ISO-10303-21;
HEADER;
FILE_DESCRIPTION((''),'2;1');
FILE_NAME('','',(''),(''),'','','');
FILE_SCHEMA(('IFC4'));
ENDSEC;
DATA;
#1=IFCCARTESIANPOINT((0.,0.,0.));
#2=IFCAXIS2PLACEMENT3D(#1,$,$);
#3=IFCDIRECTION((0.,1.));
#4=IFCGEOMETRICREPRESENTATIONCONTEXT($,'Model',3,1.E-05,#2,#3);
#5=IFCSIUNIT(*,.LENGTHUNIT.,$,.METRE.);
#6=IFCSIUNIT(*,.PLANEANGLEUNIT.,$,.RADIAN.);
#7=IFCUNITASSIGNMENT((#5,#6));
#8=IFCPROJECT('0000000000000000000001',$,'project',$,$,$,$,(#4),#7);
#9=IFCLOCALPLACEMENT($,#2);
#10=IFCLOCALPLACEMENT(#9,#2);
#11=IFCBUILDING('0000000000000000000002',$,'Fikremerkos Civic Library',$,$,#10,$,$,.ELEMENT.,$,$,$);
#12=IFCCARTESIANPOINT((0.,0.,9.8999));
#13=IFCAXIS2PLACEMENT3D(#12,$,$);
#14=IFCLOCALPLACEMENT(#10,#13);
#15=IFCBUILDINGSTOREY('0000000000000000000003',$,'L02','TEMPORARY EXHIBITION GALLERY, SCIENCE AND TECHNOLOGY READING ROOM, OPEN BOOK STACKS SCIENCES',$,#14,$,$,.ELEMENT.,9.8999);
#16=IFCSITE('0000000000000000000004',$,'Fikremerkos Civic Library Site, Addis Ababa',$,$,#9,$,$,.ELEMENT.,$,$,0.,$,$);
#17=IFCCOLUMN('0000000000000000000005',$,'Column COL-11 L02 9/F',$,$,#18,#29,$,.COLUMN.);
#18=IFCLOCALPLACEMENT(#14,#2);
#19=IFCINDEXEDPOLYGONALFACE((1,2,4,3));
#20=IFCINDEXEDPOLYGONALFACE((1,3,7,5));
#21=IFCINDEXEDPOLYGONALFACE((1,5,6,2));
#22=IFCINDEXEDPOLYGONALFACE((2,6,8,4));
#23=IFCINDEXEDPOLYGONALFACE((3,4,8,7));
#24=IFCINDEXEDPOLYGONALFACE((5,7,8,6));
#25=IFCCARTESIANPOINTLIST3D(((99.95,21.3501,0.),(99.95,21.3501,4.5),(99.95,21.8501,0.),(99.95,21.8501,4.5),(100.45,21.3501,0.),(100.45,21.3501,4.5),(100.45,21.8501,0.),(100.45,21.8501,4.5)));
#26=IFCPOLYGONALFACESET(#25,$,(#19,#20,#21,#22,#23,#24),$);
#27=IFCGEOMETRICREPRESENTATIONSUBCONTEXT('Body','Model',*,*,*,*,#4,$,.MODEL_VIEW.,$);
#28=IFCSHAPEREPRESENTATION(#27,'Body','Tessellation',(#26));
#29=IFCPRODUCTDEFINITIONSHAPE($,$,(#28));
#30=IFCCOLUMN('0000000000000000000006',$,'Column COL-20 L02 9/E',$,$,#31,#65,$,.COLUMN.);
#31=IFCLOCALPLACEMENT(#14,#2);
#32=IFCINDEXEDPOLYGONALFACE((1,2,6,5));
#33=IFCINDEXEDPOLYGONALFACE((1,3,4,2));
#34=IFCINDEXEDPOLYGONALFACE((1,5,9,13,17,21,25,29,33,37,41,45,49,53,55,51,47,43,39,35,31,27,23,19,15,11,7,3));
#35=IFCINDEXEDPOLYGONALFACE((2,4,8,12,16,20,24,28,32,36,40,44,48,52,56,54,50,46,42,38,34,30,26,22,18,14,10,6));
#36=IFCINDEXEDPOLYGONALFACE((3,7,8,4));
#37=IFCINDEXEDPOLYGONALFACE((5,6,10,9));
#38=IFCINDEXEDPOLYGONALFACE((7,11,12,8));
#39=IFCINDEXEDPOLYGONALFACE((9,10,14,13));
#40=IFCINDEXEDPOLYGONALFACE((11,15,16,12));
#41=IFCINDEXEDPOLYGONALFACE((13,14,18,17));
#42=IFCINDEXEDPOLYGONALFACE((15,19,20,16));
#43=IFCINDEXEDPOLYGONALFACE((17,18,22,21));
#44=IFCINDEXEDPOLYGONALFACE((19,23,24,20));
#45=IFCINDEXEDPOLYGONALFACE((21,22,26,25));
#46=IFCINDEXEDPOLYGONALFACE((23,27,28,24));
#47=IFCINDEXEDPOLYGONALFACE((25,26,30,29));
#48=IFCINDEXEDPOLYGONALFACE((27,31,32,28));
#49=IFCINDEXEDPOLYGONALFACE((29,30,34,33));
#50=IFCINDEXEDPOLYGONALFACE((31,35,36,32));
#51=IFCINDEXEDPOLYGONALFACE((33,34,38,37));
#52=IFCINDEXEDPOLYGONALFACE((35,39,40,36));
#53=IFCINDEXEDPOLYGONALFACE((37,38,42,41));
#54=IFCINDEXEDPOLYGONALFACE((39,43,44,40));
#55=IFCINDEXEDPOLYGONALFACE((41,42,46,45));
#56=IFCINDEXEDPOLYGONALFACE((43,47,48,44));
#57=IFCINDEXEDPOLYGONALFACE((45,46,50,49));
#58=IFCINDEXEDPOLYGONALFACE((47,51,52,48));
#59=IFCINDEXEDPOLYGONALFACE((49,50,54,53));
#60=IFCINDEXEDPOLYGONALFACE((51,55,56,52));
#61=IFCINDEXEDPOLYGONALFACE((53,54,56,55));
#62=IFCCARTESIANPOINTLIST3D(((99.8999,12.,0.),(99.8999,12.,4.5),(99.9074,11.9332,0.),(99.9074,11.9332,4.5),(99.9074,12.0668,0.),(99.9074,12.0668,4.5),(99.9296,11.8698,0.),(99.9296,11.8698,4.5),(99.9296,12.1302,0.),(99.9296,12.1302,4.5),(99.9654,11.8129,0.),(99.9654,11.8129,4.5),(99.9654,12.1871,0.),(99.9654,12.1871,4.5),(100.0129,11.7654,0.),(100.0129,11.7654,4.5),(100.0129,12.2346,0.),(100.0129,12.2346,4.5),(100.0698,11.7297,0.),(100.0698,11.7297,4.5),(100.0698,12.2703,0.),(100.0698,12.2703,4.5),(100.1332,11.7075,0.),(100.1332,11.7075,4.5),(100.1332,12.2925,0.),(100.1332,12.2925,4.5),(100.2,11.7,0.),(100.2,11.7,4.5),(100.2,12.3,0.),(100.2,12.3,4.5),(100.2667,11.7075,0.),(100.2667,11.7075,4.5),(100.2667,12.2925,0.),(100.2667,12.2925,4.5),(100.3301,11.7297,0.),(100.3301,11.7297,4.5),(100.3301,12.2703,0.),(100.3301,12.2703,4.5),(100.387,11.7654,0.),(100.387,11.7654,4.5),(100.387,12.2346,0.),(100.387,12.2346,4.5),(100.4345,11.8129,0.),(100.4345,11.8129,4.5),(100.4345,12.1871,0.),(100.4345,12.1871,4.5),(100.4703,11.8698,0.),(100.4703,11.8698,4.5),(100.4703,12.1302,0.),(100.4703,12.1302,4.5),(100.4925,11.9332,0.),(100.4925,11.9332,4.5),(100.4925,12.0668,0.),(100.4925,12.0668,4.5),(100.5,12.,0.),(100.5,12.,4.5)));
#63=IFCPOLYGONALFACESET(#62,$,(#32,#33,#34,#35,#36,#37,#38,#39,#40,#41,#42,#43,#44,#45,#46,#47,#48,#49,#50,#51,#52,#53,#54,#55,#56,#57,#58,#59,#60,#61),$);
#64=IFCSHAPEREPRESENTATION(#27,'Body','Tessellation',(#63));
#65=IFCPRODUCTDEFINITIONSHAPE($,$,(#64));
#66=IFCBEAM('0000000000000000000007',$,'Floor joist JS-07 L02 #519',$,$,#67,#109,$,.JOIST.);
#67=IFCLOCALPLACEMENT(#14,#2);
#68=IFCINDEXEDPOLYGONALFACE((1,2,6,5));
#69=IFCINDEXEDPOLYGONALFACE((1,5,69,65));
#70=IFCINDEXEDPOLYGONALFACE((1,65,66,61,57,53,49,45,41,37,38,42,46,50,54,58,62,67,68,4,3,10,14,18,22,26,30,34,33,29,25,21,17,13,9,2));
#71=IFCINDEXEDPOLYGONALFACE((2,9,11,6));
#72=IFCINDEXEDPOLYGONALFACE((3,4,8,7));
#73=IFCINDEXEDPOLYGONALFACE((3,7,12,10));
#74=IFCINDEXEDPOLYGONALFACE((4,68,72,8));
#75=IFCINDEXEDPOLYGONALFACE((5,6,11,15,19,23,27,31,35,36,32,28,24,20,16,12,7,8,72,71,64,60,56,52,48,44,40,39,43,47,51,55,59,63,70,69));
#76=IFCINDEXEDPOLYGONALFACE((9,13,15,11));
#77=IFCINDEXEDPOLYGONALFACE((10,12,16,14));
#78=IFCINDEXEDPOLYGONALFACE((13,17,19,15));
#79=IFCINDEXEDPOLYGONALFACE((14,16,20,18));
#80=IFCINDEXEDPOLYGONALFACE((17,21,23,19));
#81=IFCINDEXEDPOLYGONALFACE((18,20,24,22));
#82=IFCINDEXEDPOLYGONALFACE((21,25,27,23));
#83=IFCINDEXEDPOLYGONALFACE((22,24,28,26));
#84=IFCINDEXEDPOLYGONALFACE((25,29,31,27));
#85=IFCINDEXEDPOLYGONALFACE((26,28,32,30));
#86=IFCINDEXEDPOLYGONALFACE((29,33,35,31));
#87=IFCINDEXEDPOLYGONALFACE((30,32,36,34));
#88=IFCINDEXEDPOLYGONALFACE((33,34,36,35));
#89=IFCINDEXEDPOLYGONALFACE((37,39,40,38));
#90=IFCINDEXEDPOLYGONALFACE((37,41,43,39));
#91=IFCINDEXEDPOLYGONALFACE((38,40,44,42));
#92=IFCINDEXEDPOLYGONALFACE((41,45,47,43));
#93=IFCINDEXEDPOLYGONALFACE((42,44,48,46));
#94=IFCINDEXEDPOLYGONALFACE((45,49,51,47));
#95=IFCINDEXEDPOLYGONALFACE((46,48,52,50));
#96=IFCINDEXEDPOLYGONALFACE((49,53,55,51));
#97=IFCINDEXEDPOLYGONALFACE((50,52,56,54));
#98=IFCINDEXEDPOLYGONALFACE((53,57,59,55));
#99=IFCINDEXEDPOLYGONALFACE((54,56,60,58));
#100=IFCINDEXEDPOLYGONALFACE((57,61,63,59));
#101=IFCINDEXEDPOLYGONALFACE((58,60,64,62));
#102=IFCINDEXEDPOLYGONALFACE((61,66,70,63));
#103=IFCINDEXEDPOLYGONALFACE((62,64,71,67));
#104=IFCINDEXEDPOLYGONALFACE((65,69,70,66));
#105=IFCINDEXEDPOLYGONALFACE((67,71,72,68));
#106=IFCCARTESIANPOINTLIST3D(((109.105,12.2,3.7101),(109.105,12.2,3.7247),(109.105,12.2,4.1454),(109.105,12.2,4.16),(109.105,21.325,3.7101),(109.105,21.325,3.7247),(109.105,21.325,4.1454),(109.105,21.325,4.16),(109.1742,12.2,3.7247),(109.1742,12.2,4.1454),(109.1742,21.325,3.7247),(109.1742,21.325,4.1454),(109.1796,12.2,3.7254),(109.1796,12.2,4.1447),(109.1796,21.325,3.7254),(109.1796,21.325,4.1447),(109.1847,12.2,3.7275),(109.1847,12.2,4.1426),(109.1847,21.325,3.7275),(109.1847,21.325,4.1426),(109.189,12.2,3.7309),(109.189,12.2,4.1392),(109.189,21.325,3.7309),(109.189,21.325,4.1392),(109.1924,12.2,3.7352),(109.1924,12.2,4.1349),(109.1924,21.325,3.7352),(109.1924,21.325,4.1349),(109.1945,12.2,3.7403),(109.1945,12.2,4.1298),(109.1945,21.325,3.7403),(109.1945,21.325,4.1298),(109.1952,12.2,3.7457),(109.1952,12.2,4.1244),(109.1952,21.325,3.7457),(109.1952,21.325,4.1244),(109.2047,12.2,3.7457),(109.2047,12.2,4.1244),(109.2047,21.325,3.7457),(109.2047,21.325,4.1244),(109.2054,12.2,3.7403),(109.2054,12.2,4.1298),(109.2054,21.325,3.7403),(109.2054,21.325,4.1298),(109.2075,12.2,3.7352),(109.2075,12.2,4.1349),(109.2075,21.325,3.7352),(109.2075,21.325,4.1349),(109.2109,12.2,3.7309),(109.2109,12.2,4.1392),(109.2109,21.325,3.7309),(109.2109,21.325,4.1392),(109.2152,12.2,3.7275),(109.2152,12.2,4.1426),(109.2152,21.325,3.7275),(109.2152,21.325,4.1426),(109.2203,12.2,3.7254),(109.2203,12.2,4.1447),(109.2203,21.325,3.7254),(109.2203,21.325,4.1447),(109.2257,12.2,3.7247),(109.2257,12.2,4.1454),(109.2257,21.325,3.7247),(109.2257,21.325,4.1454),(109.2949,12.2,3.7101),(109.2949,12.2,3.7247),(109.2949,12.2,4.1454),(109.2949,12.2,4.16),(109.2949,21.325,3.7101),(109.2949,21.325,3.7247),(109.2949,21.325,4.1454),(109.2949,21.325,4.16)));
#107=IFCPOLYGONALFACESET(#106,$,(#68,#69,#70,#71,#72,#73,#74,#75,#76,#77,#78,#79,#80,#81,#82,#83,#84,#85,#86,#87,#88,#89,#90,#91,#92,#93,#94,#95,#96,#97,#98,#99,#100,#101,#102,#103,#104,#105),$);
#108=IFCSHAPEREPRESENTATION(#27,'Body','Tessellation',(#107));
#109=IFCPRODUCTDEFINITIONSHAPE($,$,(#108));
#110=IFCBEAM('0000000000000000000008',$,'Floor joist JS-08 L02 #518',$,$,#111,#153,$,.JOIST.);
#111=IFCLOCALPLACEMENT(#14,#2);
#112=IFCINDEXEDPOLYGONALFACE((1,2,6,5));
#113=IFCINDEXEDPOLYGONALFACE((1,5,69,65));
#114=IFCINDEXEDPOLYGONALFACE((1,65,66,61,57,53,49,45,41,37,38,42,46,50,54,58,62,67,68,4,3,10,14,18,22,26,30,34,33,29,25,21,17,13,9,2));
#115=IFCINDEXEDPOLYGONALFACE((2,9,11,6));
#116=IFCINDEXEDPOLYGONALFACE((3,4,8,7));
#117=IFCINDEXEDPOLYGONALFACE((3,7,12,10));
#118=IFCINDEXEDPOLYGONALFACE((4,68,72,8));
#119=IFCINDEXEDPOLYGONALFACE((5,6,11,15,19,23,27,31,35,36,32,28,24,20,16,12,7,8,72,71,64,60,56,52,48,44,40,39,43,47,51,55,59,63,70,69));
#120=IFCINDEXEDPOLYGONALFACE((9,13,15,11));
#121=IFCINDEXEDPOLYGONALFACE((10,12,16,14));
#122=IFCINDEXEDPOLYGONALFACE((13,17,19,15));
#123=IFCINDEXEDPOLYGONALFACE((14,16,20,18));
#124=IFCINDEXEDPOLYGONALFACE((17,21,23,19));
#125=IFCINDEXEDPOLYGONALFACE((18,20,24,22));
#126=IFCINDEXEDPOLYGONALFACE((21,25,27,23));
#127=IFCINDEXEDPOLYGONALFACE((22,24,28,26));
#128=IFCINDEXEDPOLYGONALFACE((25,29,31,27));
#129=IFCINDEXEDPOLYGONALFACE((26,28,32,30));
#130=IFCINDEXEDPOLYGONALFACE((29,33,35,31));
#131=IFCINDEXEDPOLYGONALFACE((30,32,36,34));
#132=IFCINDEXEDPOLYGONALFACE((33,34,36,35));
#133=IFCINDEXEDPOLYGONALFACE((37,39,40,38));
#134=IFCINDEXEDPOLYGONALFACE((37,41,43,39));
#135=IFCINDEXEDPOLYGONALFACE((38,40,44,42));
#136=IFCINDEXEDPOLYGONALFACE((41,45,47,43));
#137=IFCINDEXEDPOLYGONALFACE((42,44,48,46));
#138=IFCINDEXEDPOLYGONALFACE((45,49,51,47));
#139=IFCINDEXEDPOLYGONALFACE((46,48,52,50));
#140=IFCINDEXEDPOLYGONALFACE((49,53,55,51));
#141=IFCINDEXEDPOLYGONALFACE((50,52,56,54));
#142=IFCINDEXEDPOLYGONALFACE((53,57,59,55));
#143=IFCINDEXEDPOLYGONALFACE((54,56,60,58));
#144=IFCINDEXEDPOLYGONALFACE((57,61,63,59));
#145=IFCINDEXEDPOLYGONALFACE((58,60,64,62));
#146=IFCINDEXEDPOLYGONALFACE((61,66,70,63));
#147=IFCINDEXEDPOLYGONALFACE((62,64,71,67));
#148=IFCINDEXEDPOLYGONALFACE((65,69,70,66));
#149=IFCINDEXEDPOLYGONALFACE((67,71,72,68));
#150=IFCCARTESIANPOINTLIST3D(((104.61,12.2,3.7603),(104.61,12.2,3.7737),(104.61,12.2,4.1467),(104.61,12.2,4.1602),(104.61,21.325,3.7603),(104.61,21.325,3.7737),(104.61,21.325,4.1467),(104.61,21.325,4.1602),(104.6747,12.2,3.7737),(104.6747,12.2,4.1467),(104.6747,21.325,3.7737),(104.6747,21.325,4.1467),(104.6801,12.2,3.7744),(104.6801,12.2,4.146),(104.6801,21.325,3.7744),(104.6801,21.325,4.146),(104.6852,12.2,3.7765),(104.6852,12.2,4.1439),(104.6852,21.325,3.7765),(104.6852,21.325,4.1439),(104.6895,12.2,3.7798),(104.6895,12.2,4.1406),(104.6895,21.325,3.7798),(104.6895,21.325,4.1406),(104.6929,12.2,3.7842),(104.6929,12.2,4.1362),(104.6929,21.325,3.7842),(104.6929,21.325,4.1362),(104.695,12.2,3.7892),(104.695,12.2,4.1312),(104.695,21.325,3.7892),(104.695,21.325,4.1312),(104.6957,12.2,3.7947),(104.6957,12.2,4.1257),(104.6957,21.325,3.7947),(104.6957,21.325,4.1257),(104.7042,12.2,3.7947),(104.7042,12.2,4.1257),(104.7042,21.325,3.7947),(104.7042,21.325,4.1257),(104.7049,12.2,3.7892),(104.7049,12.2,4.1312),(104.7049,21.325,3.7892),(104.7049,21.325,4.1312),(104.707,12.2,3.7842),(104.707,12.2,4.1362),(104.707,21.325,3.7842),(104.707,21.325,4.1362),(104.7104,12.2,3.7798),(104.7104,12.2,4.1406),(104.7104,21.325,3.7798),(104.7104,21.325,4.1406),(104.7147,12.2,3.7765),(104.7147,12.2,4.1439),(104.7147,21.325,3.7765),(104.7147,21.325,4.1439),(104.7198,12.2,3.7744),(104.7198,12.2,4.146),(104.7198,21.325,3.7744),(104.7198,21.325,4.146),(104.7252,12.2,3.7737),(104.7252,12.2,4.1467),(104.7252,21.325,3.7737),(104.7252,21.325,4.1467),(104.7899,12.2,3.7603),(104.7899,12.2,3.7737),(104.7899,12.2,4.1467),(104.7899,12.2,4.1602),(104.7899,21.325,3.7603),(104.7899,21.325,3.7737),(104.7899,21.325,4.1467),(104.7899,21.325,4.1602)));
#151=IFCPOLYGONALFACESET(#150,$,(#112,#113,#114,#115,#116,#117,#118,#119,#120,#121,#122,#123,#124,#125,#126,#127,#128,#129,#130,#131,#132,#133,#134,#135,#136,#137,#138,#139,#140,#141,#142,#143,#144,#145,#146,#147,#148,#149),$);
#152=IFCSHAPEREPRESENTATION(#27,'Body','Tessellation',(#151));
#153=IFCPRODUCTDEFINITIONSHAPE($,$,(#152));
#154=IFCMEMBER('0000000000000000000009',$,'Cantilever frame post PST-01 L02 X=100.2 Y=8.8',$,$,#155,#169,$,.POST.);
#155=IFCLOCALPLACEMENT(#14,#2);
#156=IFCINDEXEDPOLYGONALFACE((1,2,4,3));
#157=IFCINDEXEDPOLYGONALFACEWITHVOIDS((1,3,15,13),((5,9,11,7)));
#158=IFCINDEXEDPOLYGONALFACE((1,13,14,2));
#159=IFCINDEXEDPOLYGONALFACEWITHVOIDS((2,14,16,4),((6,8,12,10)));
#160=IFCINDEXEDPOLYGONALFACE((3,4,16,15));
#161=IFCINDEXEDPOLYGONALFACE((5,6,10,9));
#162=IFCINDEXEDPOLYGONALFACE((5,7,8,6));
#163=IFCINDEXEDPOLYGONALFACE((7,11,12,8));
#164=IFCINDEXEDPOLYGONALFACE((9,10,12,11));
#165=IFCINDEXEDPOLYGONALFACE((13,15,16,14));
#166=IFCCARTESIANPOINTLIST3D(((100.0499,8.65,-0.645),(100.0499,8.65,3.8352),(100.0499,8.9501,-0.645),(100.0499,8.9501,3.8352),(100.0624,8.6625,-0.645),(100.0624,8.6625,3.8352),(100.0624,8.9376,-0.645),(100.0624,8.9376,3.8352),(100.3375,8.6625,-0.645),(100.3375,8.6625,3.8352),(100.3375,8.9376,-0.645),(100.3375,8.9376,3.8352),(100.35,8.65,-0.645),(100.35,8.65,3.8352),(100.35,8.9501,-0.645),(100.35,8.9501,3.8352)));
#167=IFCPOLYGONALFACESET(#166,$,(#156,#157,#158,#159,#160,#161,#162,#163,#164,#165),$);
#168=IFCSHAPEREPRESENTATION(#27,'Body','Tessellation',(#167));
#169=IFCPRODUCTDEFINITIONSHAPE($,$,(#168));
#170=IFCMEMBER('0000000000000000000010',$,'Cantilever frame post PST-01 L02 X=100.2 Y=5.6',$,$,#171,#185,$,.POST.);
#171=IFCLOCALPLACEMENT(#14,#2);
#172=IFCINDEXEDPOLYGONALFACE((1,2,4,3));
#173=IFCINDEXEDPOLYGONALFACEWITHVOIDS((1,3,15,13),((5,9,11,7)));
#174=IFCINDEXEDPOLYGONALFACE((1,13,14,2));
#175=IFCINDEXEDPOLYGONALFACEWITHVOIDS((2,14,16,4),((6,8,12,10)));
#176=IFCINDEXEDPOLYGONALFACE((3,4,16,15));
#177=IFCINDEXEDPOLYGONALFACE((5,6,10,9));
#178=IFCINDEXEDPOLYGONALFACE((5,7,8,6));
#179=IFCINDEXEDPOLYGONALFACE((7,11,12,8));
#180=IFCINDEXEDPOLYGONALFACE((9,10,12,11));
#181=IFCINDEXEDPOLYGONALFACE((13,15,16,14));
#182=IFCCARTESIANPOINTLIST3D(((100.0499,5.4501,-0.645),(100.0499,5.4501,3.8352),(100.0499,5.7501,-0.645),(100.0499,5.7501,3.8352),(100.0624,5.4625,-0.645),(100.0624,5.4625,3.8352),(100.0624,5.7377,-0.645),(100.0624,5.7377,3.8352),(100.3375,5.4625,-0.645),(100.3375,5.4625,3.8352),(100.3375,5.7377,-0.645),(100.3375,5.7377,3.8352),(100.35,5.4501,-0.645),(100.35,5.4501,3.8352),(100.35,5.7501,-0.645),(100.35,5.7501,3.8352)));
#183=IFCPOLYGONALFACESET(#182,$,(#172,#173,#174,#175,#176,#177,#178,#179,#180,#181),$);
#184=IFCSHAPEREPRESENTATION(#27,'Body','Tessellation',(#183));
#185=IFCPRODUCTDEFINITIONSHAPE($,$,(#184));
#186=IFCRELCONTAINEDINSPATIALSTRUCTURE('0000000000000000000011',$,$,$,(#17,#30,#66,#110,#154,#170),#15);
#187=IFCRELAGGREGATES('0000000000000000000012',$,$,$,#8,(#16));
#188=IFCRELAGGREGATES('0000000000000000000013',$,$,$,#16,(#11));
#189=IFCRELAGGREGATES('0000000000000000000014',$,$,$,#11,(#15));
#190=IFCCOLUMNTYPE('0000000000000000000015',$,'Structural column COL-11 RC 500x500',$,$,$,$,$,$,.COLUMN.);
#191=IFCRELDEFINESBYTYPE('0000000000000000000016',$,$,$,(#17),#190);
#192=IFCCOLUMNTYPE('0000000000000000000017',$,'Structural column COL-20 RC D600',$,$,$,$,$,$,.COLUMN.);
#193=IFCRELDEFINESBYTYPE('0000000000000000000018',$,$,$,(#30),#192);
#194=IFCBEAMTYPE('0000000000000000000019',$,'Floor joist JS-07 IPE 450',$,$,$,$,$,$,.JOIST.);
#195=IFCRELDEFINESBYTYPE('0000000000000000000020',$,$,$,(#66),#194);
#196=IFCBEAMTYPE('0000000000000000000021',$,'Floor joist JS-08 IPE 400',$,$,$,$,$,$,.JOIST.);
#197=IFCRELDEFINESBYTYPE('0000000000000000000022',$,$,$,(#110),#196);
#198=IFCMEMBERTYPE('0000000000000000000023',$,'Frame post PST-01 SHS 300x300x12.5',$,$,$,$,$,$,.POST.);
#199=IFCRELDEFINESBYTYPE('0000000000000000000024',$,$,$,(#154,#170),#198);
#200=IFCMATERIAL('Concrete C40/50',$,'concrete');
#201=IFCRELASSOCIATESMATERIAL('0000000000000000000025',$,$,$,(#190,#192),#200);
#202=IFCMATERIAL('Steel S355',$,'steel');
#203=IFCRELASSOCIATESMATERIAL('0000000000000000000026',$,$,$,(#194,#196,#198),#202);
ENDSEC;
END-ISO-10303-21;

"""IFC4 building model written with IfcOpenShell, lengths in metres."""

from ifc_helpers import new_model, si_unit, direction, frame, origin, origin_2d, place, context, subcontext, project, spatial, rectangle, hollow_rectangle, circle, i_section, extrude, material, material_profile, profile_set, type_object, element, save


model = new_model("IFC4")

# Units and contexts
model_context = context("Model", 3, precision=1e-05, world=origin(), true_north=direction((0.0, 1.0)))
body_context = subcontext(model_context, "Body", "Model", "MODEL_VIEW")
ifc_project = project(units=[si_unit("LENGTHUNIT", "METRE"), si_unit("PLANEANGLEUNIT", "RADIAN")], contexts=[model_context])

# Site, building, storey
site_placement = place(None, origin())
site = spatial("IfcSite", under=ifc_project, at=site_placement, Name="Fikremerkos Civic Library Site, Addis Ababa", CompositionType="ELEMENT", RefElevation=0.0)
building_placement = place(site_placement, origin())
building = spatial("IfcBuilding", under=site, at=building_placement, Name="Fikremerkos Civic Library", CompositionType="ELEMENT")
storey_placement = place(building_placement, frame((0.0, 0.0, 9.8999)))
storey = spatial("IfcBuildingStorey", under=building, at=storey_placement, Name="L02", Description="TEMPORARY EXHIBITION GALLERY, SCIENCE AND TECHNOLOGY READING ROOM, OPEN BOOK STACKS SCIENCES", CompositionType="ELEMENT", Elevation=9.8999)

# Columns
ifc_material_1 = material(Name="Concrete C40/50", Category="concrete")
ifc_material_profile_1 = material_profile(ifc_material_1, rectangle(XDim=0.5, YDim=0.5, at=origin_2d()), Name="RC 500x500")
ifc_profile_set_1 = profile_set([ifc_material_profile_1], Name="Concrete C40/50")
column_type_1 = type_object("IfcColumnType", Name="Structural column COL-11 RC 500x500", PredefinedType="COLUMN", material=ifc_profile_set_1)
column_1_placement = place(storey_placement, frame((100.2, 21.6001, 0.0), z_axis=(0.0, 0.0, 1.0), x_axis=(1.0, 0.0, 0.0)))
element("IfcColumn", 1, at=column_1_placement, inside=storey, type_object=column_type_1, Name="Column COL-11 L02 9/F", PredefinedType="COLUMN", context=body_context, shape_type="SweptSolid", body=[
    extrude(rectangle(XDim=0.5, YDim=0.5, at=origin_2d()), origin(), (0.0, 0.0, 1.0), 4.5),
])
ifc_material_profile_2 = material_profile(ifc_material_1, circle(Radius=0.3, at=origin_2d()), Name="RC D600")
ifc_profile_set_2 = profile_set([ifc_material_profile_2], Name="Concrete C40/50")
column_type_2 = type_object("IfcColumnType", Name="Structural column COL-20 RC D600", PredefinedType="COLUMN", material=ifc_profile_set_2)
column_2_placement = place(storey_placement, frame((100.2, 12.0, 0.0), z_axis=(0.0, 0.0, 1.0), x_axis=(1.0, 0.0, 0.0)))
element("IfcColumn", 2, at=column_2_placement, inside=storey, type_object=column_type_2, Name="Column COL-20 L02 9/E", PredefinedType="COLUMN", context=body_context, shape_type="SweptSolid", body=[
    extrude(circle(Radius=0.3, at=origin_2d()), origin(), (0.0, 0.0, 1.0), 4.5),
])

# Beams
ifc_material_2 = material(Name="Steel S355", Category="steel")
ifc_material_profile_3 = material_profile(ifc_material_2, i_section(OverallWidth=0.1899, OverallDepth=0.45, WebThickness=0.0095, FlangeThickness=0.0146, FilletRadius=0.021, at=origin_2d()), Name="IPE 450")
ifc_profile_set_3 = profile_set([ifc_material_profile_3], Name="Steel S355")
beam_type_1 = type_object("IfcBeamType", Name="Floor joist JS-07 IPE 450", PredefinedType="JOIST", material=ifc_profile_set_3)
beam_1_placement = place(storey_placement, frame((109.2, 12.2, 3.9351), z_axis=(0.0, 1.0, 0.0), x_axis=(-1.0, 0.0, 0.0)))
element("IfcBeam", 3, at=beam_1_placement, inside=storey, type_object=beam_type_1, Name="Floor joist JS-07 L02 #519", PredefinedType="JOIST", context=body_context, shape_type="SweptSolid", body=[
    extrude(i_section(OverallWidth=0.1899, OverallDepth=0.45, WebThickness=0.0095, FlangeThickness=0.0146, FilletRadius=0.021, at=origin_2d()), origin(), (0.0, 0.0, 1.0), 9.125),
])
ifc_material_profile_4 = material_profile(ifc_material_2, i_section(OverallWidth=0.1799, OverallDepth=0.3999, WebThickness=0.0085, FlangeThickness=0.0134, FilletRadius=0.021, at=origin_2d()), Name="IPE 400")
ifc_profile_set_4 = profile_set([ifc_material_profile_4], Name="Steel S355")
beam_type_2 = type_object("IfcBeamType", Name="Floor joist JS-08 IPE 400", PredefinedType="JOIST", material=ifc_profile_set_4)
beam_2_placement = place(storey_placement, frame((104.7, 12.2, 3.9602), z_axis=(0.0, 1.0, 0.0), x_axis=(-1.0, 0.0, 0.0)))
element("IfcBeam", 4, at=beam_2_placement, inside=storey, type_object=beam_type_2, Name="Floor joist JS-08 L02 #518", PredefinedType="JOIST", context=body_context, shape_type="SweptSolid", body=[
    extrude(i_section(OverallWidth=0.1799, OverallDepth=0.3999, WebThickness=0.0085, FlangeThickness=0.0134, FilletRadius=0.021, at=origin_2d()), origin(), (0.0, 0.0, 1.0), 9.125),
])

# Members
ifc_material_profile_5 = material_profile(ifc_material_2, hollow_rectangle(XDim=0.3, YDim=0.3, WallThickness=0.0125, at=origin_2d()), Name="SHS 300x300x12.5")
ifc_profile_set_5 = profile_set([ifc_material_profile_5], Name="Steel S355")
member_type_1 = type_object("IfcMemberType", Name="Frame post PST-01 SHS 300x300x12.5", PredefinedType="POST", material=ifc_profile_set_5)
for number, where, z_axis, x_axis, name in (
    (5, (100.2, 8.8, -0.645), (0.0, 0.0, 1.0), (1.0, 0.0, 0.0), "Cantilever frame post PST-01 L02 X=100.2 Y=8.8"),
    (6, (100.2, 5.6001, -0.645), (0.0, 0.0, 1.0), (1.0, 0.0, 0.0), "Cantilever frame post PST-01 L02 X=100.2 Y=5.6"),
):
    element("IfcMember", number, at=place(storey_placement, frame(where, z_axis=z_axis, x_axis=x_axis)), inside=storey, type_object=member_type_1, Name=name, PredefinedType="POST", context=body_context, shape_type="SweptSolid", body=[
        extrude(hollow_rectangle(XDim=0.3, YDim=0.3, WallThickness=0.0125, at=origin_2d()), origin(), (0.0, 0.0, 1.0), 4.4802),
    ])

save(model, "model.ifc")
